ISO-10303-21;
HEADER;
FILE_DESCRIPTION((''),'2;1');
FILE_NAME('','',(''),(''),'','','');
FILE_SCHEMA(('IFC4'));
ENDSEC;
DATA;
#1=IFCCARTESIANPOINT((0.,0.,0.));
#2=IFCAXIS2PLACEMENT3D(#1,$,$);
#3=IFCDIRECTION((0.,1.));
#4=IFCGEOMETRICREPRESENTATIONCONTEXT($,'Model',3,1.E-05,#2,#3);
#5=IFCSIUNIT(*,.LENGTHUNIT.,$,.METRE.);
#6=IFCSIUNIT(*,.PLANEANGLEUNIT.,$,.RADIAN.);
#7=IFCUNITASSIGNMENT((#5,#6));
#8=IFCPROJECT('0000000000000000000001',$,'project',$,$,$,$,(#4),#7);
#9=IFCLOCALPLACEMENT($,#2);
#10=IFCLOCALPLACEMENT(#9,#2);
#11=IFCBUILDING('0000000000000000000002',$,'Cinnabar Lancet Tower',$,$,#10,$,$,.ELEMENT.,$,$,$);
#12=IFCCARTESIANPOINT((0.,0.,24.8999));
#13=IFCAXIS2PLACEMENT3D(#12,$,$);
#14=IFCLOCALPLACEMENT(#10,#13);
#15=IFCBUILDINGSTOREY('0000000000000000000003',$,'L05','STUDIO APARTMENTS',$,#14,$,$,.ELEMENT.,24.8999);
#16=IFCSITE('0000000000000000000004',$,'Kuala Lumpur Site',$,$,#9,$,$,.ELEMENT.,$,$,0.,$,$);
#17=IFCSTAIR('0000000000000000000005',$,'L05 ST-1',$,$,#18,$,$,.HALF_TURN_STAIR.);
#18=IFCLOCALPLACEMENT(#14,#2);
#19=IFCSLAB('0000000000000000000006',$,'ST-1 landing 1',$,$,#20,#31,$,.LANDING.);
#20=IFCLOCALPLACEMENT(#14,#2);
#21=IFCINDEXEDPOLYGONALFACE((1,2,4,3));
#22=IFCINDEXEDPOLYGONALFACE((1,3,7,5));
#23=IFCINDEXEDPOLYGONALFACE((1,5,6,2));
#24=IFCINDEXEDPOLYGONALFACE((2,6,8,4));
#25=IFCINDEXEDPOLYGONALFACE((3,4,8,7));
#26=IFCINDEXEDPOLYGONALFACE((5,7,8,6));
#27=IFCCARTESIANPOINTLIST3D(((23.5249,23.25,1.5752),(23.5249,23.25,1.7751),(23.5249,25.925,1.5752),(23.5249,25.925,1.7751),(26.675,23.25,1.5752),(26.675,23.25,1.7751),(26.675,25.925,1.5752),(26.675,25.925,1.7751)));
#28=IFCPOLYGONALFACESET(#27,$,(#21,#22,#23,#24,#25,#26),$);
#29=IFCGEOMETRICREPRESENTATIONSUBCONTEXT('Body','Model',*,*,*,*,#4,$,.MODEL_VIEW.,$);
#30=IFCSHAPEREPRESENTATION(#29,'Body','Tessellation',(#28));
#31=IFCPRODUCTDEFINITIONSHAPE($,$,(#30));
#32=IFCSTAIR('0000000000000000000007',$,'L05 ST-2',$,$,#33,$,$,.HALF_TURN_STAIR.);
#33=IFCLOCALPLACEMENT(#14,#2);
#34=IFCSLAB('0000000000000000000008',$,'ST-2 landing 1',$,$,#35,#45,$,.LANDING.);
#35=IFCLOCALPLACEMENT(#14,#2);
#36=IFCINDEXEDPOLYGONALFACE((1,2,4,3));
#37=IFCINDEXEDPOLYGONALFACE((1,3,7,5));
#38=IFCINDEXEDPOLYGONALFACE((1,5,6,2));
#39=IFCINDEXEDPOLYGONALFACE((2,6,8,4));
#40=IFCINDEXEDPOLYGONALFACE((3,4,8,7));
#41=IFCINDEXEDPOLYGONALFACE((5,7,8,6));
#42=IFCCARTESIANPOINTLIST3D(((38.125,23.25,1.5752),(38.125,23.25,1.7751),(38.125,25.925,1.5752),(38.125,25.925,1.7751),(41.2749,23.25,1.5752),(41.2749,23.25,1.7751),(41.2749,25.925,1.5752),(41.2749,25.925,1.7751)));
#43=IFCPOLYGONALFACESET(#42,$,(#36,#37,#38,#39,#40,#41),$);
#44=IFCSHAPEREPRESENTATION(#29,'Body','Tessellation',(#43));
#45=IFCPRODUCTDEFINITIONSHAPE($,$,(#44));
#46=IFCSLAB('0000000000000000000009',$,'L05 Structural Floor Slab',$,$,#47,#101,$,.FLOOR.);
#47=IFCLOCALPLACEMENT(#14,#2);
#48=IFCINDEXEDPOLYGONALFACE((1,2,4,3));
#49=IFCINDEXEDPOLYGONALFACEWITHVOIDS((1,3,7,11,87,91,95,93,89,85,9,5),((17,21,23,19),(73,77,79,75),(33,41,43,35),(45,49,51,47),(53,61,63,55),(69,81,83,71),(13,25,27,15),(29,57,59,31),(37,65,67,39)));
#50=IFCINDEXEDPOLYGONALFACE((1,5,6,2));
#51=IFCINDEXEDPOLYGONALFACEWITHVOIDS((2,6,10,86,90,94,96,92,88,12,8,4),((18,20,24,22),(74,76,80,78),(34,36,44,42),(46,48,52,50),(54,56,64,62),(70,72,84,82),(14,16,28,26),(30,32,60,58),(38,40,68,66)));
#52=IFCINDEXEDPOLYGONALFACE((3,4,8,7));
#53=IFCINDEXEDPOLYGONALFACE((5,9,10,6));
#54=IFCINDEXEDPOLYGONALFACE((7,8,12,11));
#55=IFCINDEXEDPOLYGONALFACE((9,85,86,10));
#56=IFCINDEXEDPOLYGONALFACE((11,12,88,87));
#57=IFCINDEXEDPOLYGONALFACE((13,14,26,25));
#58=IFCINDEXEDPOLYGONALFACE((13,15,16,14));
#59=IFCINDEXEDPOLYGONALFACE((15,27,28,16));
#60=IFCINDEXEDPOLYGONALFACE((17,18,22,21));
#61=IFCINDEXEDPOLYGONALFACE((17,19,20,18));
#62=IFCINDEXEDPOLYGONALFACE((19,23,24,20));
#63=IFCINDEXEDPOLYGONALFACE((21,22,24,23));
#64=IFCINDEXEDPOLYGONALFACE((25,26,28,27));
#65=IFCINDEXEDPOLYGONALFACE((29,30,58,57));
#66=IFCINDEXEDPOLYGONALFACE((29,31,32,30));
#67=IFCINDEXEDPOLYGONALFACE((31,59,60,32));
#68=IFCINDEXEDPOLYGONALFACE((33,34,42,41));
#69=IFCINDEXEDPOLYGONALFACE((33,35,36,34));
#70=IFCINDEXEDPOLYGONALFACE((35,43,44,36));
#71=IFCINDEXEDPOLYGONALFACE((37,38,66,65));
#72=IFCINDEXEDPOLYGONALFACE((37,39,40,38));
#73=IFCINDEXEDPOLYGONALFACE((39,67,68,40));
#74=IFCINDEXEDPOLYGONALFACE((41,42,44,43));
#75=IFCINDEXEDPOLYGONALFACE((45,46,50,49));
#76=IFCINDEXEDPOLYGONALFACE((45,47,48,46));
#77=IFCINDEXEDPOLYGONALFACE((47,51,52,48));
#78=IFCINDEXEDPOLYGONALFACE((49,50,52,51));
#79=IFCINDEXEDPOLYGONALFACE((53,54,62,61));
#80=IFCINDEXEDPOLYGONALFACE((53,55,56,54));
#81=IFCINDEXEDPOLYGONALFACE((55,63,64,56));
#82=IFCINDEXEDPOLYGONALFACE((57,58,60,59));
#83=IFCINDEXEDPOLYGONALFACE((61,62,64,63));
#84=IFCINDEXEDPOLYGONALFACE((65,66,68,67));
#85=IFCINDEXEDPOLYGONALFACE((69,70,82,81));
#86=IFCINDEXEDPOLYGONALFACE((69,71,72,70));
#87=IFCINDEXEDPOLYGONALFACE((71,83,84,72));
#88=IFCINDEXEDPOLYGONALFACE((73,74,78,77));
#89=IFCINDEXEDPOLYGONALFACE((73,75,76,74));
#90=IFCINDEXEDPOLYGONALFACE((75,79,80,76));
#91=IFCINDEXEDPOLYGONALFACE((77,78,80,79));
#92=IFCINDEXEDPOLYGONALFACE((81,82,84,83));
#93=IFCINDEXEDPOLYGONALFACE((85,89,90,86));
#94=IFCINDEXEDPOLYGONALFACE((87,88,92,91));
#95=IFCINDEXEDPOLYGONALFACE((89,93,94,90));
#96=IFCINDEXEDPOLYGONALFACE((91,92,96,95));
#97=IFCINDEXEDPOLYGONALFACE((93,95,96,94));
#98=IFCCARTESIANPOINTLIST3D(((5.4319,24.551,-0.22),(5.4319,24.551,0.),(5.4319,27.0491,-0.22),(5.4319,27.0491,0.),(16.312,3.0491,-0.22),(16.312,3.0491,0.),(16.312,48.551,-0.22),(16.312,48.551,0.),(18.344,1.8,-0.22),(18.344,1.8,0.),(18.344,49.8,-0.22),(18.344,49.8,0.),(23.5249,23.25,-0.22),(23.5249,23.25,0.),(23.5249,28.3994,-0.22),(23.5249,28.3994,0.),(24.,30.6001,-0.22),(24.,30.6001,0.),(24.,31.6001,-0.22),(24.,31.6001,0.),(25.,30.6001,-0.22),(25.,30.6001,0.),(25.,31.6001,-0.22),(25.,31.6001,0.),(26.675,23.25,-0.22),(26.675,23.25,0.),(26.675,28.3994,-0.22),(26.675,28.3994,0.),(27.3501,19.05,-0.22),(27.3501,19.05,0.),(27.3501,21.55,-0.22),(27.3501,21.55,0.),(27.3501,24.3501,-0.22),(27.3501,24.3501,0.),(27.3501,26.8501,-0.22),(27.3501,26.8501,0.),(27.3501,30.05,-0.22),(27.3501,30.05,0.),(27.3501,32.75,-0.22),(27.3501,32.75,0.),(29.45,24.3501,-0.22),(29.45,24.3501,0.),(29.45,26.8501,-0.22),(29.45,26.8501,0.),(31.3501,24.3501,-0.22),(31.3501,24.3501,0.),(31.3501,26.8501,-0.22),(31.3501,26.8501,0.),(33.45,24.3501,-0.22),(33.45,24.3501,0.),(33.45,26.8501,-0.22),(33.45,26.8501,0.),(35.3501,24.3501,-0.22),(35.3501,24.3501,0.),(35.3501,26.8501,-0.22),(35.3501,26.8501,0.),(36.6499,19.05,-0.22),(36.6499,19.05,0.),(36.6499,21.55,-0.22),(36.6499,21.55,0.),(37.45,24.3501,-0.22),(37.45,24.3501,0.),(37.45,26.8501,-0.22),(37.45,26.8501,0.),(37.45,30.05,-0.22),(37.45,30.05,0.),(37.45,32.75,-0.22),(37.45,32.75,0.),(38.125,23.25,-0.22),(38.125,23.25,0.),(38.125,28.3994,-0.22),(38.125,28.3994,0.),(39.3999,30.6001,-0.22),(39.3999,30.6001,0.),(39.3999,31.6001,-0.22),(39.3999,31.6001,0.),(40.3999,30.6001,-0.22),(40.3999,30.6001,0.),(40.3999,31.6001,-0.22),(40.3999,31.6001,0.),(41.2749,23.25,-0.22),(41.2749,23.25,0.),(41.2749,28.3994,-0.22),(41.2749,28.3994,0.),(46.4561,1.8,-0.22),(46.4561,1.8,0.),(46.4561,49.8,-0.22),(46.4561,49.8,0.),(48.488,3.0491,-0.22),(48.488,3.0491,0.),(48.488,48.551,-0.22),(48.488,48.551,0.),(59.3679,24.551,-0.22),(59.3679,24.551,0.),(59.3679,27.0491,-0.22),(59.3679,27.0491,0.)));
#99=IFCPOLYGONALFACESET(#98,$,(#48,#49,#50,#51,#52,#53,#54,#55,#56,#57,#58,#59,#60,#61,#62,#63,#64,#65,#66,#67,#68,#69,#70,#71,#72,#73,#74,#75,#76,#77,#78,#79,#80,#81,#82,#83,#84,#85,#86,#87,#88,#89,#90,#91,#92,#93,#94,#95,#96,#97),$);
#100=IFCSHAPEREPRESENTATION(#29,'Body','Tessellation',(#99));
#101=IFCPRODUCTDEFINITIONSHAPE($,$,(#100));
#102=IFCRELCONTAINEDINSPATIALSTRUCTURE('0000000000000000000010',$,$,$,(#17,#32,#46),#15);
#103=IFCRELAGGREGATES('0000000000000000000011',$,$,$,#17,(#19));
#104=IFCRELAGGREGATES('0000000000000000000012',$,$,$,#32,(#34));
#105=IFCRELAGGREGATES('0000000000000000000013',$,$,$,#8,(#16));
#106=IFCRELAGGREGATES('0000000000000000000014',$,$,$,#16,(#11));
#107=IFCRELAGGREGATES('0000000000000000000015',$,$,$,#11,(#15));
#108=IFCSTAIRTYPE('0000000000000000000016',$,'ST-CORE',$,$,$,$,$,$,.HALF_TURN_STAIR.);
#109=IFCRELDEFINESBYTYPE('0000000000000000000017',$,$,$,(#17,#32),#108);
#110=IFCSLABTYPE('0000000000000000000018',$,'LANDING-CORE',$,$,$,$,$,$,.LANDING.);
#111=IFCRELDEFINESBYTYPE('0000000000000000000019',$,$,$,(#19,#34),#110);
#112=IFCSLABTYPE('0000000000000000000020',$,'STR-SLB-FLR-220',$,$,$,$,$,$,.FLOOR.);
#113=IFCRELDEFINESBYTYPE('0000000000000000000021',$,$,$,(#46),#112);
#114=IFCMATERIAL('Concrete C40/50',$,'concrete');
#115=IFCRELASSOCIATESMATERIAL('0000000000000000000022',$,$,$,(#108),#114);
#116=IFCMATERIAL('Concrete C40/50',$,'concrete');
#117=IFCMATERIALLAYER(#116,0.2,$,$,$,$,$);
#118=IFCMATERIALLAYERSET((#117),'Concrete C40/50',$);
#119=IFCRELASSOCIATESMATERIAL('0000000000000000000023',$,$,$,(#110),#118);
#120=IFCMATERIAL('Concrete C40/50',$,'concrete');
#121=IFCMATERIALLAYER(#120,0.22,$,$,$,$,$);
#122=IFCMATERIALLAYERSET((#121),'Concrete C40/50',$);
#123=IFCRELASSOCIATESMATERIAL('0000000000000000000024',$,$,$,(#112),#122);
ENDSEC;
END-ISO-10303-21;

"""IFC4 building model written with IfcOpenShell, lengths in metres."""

from ifc_helpers import new_model, si_unit, direction, frame, origin, place, context, subcontext, project, spatial, polyline, outline, extrude, material, layer, layer_set, type_object, element, aggregate, save


model = new_model("IFC4")

# Units and contexts
model_context = context("Model", 3, precision=1e-05, world=origin(), true_north=direction((0.0, 1.0)))
body_context = subcontext(model_context, "Body", "Model", "MODEL_VIEW")
ifc_project = project(units=[si_unit("LENGTHUNIT", "METRE"), si_unit("PLANEANGLEUNIT", "RADIAN")], contexts=[model_context])

# Site, building, storey
site_placement = place(None, origin())
site = spatial("IfcSite", under=ifc_project, at=site_placement, Name="Kuala Lumpur Site", CompositionType="ELEMENT", RefElevation=0.0)
building_placement = place(site_placement, origin())
building = spatial("IfcBuilding", under=site, at=building_placement, Name="Cinnabar Lancet Tower", CompositionType="ELEMENT")
storey_placement = place(building_placement, frame((0.0, 0.0, 24.8999)))
storey = spatial("IfcBuildingStorey", under=building, at=storey_placement, Name="L05", Description="STUDIO APARTMENTS", CompositionType="ELEMENT", Elevation=24.8999)

# Stairs, slabs
ifc_material_1 = material(Name="Concrete C40/50", Category="concrete")
stair_type = type_object("IfcStairType", Name="ST-CORE", PredefinedType="HALF_TURN_STAIR", material=ifc_material_1)
stair_1_placement = place(storey_placement, origin())
stair_1 = element("IfcStair", 1, at=stair_1_placement, inside=storey, type_object=stair_type, Name="L05 ST-1", PredefinedType="HALF_TURN_STAIR")
ifc_material_2 = material(Name="Concrete C40/50", Category="concrete")
ifc_layer_1 = layer(ifc_material_2, 0.2)
ifc_layer_set_1 = layer_set([ifc_layer_1], Name="Concrete C40/50")
slab_type_1 = type_object("IfcSlabType", Name="LANDING-CORE", PredefinedType="LANDING", material=ifc_layer_set_1)
slab_1_placement = place(storey_placement, frame((0.0, 0.0, 1.5752)))
slab_1 = element("IfcSlab", 2, at=slab_1_placement, type_object=slab_type_1, Name="ST-1 landing 1", PredefinedType="LANDING", context=body_context, shape_type="SweptSolid", body=[
    extrude(outline(polyline([(23.5249, 25.925), (23.5249, 23.25), (26.675, 23.25), (26.675, 25.925), (23.5249, 25.925)])), origin(), (0.0, 0.0, 1.0), 0.2),
])
aggregate(stair_1, [slab_1])
stair_2_placement = place(storey_placement, origin())
stair_2 = element("IfcStair", 3, at=stair_2_placement, inside=storey, type_object=stair_type, Name="L05 ST-2", PredefinedType="HALF_TURN_STAIR")
slab_2_placement = place(storey_placement, frame((0.0, 0.0, 1.5752)))
slab_2 = element("IfcSlab", 4, at=slab_2_placement, type_object=slab_type_1, Name="ST-2 landing 1", PredefinedType="LANDING", context=body_context, shape_type="SweptSolid", body=[
    extrude(outline(polyline([(38.125, 25.925), (38.125, 23.25), (41.2749, 23.25), (41.2749, 25.925), (38.125, 25.925)])), origin(), (0.0, 0.0, 1.0), 0.2),
])
aggregate(stair_2, [slab_2])

# Slab
ifc_material_3 = material(Name="Concrete C40/50", Category="concrete")
ifc_layer_2 = layer(ifc_material_3, 0.22)
ifc_layer_set_2 = layer_set([ifc_layer_2], Name="Concrete C40/50")
slab_type_2 = type_object("IfcSlabType", Name="STR-SLB-FLR-220", PredefinedType="FLOOR", material=ifc_layer_set_2)
slab_3_placement = place(storey_placement, frame((0.0, 0.0, -0.22)))
element("IfcSlab", 5, at=slab_3_placement, inside=storey, type_object=slab_type_2, Name="L05 Structural Floor Slab", PredefinedType="FLOOR", context=body_context, shape_type="SweptSolid", body=[
    extrude(outline(polyline([(16.312, 3.0491), (18.344, 1.8), (46.4561, 1.8), (48.488, 3.0491), (59.3679, 24.551), (59.3679, 27.0491), (48.488, 48.551), (46.4561, 49.8), (18.344, 49.8), (16.312, 48.551), (5.4319, 27.0491), (5.4319, 24.551), (16.312, 3.0491)]), holes=[polyline([(23.5249, 23.25), (26.675, 23.25), (26.675, 28.3994), (23.5249, 28.3994), (23.5249, 23.25)]), polyline([(38.125, 23.25), (41.2749, 23.25), (41.2749, 28.3994), (38.125, 28.3994), (38.125, 23.25)]), polyline([(27.3501, 30.05), (37.45, 30.05), (37.45, 32.75), (27.3501, 32.75), (27.3501, 30.05)]), polyline([(27.3501, 19.05), (36.6499, 19.05), (36.6499, 21.55), (27.3501, 21.55), (27.3501, 19.05)]), polyline([(27.3501, 24.3501), (29.45, 24.3501), (29.45, 26.8501), (27.3501, 26.8501), (27.3501, 24.3501)]), polyline([(35.3501, 24.3501), (37.45, 24.3501), (37.45, 26.8501), (35.3501, 26.8501), (35.3501, 24.3501)]), polyline([(31.3501, 24.3501), (33.45, 24.3501), (33.45, 26.8501), (31.3501, 26.8501), (31.3501, 24.3501)]), polyline([(24.0, 30.6001), (25.0, 30.6001), (25.0, 31.6001), (24.0, 31.6001), (24.0, 30.6001)]), polyline([(39.3999, 30.6001), (40.3999, 30.6001), (40.3999, 31.6001), (39.3999, 31.6001), (39.3999, 30.6001)])]), origin(), (0.0, 0.0, 1.0), 0.22),
])

save(model, "model.ifc")
